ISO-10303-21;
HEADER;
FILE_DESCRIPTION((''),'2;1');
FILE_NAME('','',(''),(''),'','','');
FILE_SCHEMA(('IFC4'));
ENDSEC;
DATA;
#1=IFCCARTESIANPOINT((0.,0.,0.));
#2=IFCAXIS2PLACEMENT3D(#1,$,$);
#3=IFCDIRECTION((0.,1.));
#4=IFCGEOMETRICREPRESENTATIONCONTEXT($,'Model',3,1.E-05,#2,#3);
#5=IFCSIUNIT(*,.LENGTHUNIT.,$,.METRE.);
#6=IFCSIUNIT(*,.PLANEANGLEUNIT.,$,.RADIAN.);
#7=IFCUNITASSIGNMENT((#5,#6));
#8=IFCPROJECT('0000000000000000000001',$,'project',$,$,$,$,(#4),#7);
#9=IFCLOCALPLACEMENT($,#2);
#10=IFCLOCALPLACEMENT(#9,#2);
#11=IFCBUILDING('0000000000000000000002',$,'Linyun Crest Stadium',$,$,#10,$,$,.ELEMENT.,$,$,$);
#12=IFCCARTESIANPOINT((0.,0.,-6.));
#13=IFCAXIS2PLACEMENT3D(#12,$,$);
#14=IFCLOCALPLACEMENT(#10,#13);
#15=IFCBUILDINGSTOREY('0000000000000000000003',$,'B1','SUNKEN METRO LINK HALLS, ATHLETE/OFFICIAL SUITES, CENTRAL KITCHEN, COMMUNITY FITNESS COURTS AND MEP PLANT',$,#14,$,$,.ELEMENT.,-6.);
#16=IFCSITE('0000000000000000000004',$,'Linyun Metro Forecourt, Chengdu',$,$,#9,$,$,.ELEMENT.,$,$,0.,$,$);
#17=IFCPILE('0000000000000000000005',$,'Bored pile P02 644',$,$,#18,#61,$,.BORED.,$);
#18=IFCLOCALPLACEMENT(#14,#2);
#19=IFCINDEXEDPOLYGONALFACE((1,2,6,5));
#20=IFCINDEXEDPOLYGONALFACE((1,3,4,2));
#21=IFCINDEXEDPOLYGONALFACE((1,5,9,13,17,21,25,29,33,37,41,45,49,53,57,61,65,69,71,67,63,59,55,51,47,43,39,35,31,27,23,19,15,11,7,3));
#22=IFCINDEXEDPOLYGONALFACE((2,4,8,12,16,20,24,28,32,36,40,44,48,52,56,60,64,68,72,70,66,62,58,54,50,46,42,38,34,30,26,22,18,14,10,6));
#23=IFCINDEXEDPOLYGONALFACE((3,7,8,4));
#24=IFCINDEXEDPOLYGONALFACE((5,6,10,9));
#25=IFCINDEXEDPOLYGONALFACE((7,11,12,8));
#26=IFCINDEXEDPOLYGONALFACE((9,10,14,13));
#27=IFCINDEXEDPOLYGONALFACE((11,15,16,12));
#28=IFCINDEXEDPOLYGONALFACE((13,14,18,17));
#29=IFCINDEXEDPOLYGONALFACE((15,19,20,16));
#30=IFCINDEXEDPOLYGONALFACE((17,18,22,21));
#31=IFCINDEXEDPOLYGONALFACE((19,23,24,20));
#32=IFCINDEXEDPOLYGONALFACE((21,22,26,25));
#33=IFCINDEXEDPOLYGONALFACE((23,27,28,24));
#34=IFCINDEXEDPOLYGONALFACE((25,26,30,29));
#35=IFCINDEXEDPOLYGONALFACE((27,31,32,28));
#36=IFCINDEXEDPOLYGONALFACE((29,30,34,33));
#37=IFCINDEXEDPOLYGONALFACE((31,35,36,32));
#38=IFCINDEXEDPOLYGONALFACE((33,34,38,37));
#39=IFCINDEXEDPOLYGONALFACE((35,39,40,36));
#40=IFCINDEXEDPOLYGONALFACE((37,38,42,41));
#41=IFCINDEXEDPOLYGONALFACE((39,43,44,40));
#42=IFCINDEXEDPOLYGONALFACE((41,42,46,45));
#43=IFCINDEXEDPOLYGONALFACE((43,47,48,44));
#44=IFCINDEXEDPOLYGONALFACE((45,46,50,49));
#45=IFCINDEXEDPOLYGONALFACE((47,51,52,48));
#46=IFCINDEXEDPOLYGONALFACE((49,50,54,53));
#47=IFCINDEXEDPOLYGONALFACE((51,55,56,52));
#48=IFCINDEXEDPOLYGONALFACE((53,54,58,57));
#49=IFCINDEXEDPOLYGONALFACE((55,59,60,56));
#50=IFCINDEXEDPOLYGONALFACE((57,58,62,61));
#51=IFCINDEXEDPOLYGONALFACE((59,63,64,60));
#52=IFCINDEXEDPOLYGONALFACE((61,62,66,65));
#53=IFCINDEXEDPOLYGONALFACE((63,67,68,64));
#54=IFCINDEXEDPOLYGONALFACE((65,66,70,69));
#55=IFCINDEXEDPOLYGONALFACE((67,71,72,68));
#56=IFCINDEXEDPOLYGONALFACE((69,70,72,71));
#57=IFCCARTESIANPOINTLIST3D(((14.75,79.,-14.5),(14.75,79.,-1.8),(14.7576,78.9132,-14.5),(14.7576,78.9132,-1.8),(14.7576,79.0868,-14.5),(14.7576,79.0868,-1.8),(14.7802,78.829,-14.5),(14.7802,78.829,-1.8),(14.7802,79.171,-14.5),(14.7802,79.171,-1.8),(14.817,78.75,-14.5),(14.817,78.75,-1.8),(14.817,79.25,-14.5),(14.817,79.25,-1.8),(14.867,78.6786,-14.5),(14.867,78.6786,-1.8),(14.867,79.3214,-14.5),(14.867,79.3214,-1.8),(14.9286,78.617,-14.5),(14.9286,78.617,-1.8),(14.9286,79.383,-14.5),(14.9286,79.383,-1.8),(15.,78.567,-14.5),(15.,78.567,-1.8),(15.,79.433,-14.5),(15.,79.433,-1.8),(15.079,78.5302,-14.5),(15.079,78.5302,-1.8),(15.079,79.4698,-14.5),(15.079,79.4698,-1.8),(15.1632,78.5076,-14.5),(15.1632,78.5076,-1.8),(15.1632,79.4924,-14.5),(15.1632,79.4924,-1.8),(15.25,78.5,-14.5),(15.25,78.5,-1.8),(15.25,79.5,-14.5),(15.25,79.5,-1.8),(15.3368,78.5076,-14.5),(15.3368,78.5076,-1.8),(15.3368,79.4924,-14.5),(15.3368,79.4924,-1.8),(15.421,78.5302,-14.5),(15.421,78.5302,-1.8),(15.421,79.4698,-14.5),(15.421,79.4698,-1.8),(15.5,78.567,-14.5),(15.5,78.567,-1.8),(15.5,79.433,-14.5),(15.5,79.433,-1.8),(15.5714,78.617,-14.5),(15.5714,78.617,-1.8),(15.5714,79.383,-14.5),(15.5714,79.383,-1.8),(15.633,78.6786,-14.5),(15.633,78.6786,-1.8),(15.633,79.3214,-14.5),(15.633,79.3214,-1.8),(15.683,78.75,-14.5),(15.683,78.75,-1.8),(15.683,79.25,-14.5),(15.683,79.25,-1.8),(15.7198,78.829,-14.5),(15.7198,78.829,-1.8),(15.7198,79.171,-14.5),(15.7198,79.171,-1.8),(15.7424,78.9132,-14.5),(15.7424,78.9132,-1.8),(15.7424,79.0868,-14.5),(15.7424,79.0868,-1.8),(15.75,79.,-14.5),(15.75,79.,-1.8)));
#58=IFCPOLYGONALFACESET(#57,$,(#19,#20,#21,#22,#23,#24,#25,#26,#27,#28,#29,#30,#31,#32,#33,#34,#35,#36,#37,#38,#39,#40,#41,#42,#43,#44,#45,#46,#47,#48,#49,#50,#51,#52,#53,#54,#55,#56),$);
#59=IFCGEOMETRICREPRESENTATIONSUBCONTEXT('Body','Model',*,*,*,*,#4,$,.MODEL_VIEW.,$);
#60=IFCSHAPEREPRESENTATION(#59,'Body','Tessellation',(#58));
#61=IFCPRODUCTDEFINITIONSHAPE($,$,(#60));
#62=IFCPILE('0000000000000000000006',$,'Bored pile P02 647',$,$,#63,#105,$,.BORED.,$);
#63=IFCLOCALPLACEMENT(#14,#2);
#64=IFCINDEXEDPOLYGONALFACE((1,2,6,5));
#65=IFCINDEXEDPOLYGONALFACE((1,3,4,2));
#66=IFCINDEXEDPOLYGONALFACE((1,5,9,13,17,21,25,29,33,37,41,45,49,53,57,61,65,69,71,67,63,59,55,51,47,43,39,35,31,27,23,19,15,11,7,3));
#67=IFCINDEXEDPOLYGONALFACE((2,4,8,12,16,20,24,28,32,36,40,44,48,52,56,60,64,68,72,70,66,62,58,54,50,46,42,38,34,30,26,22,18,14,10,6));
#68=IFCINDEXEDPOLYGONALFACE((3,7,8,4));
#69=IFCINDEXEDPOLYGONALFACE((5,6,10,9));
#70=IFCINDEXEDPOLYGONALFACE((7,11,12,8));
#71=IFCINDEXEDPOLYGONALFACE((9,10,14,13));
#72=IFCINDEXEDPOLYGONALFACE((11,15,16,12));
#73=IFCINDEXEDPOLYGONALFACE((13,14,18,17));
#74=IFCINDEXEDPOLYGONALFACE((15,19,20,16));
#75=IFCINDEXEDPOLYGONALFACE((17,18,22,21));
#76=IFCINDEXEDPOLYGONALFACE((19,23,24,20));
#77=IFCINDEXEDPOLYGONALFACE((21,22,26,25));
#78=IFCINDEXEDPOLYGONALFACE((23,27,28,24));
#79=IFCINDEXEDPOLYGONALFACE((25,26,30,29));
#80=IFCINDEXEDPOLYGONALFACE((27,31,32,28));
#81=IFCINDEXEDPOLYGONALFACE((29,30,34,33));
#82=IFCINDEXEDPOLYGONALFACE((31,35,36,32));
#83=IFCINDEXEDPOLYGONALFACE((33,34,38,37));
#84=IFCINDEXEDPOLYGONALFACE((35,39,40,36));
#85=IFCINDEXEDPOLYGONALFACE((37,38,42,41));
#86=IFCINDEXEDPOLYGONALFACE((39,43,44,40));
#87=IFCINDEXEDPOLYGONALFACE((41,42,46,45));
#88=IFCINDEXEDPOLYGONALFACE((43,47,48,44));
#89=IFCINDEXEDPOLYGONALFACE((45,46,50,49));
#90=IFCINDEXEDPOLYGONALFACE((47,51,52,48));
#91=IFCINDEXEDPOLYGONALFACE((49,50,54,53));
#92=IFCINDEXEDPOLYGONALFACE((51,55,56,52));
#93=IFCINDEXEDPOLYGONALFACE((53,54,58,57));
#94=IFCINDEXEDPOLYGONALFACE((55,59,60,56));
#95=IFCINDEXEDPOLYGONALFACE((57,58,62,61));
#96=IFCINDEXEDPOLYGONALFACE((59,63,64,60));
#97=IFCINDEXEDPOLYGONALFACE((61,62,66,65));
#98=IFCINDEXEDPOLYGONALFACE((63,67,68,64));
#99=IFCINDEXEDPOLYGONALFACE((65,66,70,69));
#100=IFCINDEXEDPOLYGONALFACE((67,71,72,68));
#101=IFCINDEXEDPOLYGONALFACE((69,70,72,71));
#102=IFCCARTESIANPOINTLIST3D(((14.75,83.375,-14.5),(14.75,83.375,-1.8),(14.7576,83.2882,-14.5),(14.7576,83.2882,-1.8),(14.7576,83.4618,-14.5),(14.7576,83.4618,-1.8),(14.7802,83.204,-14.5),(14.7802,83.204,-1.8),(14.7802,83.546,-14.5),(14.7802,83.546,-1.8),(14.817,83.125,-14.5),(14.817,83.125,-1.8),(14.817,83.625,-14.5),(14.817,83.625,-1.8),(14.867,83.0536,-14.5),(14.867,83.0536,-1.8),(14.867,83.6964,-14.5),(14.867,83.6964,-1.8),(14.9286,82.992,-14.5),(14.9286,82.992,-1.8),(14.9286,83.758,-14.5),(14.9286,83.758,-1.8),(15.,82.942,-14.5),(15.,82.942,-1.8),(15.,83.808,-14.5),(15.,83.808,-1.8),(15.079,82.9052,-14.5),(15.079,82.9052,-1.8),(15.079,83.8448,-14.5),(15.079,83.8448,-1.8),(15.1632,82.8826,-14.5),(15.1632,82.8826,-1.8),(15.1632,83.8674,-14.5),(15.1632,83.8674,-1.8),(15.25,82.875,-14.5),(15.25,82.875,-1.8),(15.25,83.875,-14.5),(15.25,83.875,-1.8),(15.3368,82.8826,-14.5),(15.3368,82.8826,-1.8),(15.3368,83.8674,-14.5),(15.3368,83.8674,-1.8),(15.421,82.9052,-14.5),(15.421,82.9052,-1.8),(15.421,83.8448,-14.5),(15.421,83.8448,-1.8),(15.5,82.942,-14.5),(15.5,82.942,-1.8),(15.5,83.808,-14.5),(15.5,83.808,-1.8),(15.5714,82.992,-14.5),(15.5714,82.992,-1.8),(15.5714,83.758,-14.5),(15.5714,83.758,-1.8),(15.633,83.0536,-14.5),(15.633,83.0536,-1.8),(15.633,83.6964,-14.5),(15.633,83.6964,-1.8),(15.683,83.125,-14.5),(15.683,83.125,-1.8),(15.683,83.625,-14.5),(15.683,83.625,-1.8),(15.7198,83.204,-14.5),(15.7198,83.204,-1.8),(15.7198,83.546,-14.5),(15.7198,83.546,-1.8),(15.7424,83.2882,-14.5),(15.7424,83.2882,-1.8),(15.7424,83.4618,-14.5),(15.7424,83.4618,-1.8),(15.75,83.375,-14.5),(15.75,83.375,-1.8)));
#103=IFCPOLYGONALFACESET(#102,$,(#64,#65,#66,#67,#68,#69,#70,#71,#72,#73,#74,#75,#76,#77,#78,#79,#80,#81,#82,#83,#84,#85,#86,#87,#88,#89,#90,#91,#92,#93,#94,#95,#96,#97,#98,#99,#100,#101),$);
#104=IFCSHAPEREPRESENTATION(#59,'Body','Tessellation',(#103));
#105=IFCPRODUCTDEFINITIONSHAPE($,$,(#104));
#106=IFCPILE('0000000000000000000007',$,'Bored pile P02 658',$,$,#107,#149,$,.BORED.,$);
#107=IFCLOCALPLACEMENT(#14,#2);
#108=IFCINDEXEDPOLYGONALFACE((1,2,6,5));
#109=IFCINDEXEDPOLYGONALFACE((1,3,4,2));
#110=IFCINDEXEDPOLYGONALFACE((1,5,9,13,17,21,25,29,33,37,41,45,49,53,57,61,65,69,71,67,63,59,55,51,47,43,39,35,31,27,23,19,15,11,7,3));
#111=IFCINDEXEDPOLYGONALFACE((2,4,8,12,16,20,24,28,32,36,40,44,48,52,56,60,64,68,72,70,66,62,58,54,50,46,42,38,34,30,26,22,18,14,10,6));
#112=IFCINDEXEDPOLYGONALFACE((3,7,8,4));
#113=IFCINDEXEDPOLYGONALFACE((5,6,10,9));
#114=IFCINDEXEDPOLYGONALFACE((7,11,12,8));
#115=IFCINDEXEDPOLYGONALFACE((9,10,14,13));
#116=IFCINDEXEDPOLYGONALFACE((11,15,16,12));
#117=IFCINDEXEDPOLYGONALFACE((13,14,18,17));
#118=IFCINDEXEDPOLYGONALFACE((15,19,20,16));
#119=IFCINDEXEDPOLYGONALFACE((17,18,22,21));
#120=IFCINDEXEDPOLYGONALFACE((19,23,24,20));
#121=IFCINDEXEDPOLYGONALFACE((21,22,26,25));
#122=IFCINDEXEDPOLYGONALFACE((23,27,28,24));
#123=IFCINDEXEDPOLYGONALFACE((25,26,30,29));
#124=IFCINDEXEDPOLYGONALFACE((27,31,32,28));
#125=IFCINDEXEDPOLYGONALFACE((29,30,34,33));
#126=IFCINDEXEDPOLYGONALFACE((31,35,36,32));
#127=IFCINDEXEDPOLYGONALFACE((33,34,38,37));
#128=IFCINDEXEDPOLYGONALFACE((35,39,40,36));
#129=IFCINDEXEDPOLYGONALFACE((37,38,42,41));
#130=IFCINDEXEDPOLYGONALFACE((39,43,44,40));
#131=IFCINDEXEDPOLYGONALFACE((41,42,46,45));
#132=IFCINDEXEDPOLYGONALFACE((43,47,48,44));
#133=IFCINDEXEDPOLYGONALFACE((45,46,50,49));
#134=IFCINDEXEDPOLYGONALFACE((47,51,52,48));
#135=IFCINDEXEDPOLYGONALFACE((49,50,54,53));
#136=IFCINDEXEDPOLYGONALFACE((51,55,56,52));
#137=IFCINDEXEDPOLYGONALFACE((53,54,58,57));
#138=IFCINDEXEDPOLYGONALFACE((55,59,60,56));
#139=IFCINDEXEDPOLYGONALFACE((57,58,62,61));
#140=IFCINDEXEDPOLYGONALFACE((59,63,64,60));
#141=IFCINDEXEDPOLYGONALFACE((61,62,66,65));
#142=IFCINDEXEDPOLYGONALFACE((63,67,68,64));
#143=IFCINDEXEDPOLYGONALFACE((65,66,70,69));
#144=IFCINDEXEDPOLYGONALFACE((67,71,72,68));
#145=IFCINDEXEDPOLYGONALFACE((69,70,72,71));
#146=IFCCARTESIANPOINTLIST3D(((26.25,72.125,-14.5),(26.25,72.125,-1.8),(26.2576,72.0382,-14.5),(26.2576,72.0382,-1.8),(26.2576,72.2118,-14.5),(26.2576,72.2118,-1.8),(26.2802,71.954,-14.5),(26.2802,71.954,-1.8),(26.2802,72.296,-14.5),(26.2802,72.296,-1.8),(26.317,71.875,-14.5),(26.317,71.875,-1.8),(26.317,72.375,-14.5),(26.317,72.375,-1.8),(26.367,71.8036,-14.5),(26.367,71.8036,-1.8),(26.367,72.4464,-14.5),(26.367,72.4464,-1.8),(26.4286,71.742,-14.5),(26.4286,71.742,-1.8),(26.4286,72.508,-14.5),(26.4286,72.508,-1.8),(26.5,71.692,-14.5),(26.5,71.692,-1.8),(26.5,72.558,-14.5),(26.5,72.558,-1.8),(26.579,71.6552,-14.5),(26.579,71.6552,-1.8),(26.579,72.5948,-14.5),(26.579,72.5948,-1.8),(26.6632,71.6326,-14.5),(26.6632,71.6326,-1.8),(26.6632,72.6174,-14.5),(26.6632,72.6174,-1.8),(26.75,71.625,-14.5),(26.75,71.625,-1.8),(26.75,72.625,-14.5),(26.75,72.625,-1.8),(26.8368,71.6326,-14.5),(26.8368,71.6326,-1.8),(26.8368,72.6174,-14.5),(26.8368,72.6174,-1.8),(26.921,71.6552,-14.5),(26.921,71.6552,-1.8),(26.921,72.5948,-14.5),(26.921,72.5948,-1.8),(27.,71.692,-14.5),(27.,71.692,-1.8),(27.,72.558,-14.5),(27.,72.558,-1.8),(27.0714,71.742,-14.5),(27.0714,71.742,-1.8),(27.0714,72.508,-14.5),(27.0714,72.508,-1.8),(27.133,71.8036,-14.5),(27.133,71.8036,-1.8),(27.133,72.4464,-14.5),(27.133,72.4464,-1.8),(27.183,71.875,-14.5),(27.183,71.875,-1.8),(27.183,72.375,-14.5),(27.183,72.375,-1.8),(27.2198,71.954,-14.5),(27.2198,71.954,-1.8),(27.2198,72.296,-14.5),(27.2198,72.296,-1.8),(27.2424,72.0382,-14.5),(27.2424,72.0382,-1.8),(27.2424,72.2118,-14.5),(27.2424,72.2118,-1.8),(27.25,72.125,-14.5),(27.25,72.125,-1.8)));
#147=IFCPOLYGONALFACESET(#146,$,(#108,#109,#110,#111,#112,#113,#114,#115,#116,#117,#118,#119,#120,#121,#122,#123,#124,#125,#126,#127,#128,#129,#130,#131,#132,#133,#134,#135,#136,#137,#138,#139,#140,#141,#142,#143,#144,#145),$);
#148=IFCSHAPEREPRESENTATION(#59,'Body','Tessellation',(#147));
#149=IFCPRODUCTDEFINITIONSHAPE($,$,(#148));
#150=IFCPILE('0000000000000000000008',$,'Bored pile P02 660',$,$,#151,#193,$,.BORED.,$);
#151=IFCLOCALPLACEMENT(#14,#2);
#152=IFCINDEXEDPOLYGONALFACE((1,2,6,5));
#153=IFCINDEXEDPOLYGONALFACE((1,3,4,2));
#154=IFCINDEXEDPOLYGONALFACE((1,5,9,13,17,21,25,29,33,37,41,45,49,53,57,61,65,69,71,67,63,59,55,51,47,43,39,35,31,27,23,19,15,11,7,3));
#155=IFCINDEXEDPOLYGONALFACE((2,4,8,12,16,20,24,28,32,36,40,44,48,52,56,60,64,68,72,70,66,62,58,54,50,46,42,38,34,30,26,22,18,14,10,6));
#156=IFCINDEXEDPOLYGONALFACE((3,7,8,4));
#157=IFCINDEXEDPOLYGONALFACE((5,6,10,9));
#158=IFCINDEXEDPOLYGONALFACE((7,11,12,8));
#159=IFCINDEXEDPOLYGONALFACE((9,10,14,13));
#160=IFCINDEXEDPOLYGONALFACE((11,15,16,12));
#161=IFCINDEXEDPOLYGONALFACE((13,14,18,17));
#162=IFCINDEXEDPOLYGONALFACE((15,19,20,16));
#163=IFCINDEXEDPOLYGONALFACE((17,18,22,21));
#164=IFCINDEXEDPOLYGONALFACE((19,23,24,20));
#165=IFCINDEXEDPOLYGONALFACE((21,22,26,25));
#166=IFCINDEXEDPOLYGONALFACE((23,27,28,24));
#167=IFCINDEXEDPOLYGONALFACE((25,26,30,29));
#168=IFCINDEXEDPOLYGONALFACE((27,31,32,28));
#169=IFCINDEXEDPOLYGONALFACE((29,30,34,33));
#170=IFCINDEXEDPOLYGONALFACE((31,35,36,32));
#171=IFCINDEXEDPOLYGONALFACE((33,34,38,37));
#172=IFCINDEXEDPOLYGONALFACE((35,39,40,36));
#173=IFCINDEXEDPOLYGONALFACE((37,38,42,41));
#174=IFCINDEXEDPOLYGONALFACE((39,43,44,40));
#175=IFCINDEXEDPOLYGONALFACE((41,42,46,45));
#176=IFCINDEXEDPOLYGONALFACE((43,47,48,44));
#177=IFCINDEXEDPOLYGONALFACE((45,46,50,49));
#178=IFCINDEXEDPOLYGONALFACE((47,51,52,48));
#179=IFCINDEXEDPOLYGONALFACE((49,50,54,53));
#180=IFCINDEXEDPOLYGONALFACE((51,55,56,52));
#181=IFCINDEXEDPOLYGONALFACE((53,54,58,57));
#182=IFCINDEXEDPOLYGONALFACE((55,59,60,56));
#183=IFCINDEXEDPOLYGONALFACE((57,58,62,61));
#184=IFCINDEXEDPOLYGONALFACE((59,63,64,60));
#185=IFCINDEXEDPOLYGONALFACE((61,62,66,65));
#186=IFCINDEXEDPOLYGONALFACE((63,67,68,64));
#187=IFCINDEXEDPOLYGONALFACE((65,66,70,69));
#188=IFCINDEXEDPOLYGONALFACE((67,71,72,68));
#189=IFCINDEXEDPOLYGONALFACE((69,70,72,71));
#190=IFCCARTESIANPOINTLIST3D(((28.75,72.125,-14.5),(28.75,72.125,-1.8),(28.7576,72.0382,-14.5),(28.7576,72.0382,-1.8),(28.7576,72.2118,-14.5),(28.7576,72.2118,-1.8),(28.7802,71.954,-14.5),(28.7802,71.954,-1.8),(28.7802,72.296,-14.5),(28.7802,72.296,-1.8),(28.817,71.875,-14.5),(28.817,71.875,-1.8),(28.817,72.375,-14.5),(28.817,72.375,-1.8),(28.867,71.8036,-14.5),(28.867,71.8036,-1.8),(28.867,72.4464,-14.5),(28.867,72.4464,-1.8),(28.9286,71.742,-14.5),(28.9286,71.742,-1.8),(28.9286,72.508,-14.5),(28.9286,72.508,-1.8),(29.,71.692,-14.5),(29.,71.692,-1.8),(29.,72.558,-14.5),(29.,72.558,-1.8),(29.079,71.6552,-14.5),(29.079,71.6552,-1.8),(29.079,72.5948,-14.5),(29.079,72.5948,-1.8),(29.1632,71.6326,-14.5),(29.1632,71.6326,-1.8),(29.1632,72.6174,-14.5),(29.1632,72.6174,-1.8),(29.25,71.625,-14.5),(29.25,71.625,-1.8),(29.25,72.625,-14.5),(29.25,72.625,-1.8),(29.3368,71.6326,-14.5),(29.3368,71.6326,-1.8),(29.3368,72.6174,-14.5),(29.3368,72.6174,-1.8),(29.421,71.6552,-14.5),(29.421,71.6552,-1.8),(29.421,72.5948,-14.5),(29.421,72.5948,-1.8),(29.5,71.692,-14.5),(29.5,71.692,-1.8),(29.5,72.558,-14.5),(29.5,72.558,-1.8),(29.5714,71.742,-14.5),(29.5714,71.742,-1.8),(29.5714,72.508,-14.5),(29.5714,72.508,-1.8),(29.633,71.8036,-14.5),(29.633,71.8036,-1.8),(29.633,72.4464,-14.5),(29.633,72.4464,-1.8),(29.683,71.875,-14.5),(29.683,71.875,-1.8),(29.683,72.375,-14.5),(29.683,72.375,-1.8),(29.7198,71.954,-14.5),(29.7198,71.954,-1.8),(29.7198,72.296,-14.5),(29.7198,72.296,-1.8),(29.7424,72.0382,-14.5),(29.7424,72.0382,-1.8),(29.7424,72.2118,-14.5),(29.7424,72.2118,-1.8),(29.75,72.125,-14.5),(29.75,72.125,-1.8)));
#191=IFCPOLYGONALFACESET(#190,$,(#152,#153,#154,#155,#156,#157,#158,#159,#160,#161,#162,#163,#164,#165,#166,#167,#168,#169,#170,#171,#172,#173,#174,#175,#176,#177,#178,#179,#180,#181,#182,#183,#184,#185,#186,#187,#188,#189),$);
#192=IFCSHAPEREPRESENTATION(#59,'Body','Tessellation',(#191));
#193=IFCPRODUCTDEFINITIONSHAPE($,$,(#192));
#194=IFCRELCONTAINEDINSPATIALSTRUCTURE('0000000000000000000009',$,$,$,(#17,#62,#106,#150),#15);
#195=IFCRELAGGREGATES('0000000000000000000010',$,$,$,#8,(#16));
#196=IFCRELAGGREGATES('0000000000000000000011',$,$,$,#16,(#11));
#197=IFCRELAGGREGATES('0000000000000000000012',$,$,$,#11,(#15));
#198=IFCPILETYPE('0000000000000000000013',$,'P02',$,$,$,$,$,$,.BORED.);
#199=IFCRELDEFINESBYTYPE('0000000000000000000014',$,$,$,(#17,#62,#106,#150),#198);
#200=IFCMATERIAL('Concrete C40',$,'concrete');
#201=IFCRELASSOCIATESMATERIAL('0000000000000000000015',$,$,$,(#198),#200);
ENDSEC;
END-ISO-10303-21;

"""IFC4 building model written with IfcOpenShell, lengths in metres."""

from ifc_helpers import new_model, si_unit, direction, frame, origin, origin_2d, place, context, subcontext, project, spatial, circle, extrude, material, material_profile, profile_set, type_object, element, save


model = new_model("IFC4")

# Units and contexts
model_context = context("Model", 3, precision=1e-05, world=origin(), true_north=direction((0.0, 1.0)))
body_context = subcontext(model_context, "Body", "Model", "MODEL_VIEW")
ifc_project = project(units=[si_unit("LENGTHUNIT", "METRE"), si_unit("PLANEANGLEUNIT", "RADIAN")], contexts=[model_context])

# Site, building, storey
site_placement = place(None, origin())
site = spatial("IfcSite", under=ifc_project, at=site_placement, Name="Linyun Metro Forecourt, Chengdu", CompositionType="ELEMENT", RefElevation=0.0)
building_placement = place(site_placement, origin())
building = spatial("IfcBuilding", under=site, at=building_placement, Name="Linyun Crest Stadium", CompositionType="ELEMENT")
storey_placement = place(building_placement, frame((0.0, 0.0, -6.0)))
storey = spatial("IfcBuildingStorey", under=building, at=storey_placement, Name="B1", Description="SUNKEN METRO LINK HALLS, ATHLETE/OFFICIAL SUITES, CENTRAL KITCHEN, COMMUNITY FITNESS COURTS AND MEP PLANT", CompositionType="ELEMENT", Elevation=-6.0)

# Piles
ifc_material_1 = material(Name="Concrete C40", Category="concrete")
ifc_material_profile_1 = material_profile(ifc_material_1, circle(Radius=0.5, at=origin_2d()), Name="BORED PILE 1000")
ifc_profile_set_1 = profile_set([ifc_material_profile_1], Name="Concrete C40")
pile_type = type_object("IfcPileType", Name="P02", PredefinedType="BORED", material=ifc_profile_set_1)
for number, where, z_axis, x_axis, name in (
    (1, (15.25, 79.0, -1.8), (0.0, 0.0, -1.0), (1.0, 0.0, 0.0), "Bored pile P02 644"),
    (2, (15.25, 83.375, -1.8), (0.0, 0.0, -1.0), (1.0, 0.0, 0.0), "Bored pile P02 647"),
    (3, (26.75, 72.125, -1.8), (0.0, 0.0, -1.0), (1.0, 0.0, 0.0), "Bored pile P02 658"),
    (4, (29.25, 72.125, -1.8), (0.0, 0.0, -1.0), (1.0, 0.0, 0.0), "Bored pile P02 660"),
):
    element("IfcPile", number, at=place(storey_placement, frame(where, z_axis=z_axis, x_axis=x_axis)), inside=storey, type_object=pile_type, Name=name, PredefinedType="BORED", context=body_context, shape_type="SweptSolid", body=[
        extrude(circle(Radius=0.5, at=origin_2d()), origin(), (0.0, 0.0, 1.0), 12.7),
    ])

save(model, "model.ifc")
